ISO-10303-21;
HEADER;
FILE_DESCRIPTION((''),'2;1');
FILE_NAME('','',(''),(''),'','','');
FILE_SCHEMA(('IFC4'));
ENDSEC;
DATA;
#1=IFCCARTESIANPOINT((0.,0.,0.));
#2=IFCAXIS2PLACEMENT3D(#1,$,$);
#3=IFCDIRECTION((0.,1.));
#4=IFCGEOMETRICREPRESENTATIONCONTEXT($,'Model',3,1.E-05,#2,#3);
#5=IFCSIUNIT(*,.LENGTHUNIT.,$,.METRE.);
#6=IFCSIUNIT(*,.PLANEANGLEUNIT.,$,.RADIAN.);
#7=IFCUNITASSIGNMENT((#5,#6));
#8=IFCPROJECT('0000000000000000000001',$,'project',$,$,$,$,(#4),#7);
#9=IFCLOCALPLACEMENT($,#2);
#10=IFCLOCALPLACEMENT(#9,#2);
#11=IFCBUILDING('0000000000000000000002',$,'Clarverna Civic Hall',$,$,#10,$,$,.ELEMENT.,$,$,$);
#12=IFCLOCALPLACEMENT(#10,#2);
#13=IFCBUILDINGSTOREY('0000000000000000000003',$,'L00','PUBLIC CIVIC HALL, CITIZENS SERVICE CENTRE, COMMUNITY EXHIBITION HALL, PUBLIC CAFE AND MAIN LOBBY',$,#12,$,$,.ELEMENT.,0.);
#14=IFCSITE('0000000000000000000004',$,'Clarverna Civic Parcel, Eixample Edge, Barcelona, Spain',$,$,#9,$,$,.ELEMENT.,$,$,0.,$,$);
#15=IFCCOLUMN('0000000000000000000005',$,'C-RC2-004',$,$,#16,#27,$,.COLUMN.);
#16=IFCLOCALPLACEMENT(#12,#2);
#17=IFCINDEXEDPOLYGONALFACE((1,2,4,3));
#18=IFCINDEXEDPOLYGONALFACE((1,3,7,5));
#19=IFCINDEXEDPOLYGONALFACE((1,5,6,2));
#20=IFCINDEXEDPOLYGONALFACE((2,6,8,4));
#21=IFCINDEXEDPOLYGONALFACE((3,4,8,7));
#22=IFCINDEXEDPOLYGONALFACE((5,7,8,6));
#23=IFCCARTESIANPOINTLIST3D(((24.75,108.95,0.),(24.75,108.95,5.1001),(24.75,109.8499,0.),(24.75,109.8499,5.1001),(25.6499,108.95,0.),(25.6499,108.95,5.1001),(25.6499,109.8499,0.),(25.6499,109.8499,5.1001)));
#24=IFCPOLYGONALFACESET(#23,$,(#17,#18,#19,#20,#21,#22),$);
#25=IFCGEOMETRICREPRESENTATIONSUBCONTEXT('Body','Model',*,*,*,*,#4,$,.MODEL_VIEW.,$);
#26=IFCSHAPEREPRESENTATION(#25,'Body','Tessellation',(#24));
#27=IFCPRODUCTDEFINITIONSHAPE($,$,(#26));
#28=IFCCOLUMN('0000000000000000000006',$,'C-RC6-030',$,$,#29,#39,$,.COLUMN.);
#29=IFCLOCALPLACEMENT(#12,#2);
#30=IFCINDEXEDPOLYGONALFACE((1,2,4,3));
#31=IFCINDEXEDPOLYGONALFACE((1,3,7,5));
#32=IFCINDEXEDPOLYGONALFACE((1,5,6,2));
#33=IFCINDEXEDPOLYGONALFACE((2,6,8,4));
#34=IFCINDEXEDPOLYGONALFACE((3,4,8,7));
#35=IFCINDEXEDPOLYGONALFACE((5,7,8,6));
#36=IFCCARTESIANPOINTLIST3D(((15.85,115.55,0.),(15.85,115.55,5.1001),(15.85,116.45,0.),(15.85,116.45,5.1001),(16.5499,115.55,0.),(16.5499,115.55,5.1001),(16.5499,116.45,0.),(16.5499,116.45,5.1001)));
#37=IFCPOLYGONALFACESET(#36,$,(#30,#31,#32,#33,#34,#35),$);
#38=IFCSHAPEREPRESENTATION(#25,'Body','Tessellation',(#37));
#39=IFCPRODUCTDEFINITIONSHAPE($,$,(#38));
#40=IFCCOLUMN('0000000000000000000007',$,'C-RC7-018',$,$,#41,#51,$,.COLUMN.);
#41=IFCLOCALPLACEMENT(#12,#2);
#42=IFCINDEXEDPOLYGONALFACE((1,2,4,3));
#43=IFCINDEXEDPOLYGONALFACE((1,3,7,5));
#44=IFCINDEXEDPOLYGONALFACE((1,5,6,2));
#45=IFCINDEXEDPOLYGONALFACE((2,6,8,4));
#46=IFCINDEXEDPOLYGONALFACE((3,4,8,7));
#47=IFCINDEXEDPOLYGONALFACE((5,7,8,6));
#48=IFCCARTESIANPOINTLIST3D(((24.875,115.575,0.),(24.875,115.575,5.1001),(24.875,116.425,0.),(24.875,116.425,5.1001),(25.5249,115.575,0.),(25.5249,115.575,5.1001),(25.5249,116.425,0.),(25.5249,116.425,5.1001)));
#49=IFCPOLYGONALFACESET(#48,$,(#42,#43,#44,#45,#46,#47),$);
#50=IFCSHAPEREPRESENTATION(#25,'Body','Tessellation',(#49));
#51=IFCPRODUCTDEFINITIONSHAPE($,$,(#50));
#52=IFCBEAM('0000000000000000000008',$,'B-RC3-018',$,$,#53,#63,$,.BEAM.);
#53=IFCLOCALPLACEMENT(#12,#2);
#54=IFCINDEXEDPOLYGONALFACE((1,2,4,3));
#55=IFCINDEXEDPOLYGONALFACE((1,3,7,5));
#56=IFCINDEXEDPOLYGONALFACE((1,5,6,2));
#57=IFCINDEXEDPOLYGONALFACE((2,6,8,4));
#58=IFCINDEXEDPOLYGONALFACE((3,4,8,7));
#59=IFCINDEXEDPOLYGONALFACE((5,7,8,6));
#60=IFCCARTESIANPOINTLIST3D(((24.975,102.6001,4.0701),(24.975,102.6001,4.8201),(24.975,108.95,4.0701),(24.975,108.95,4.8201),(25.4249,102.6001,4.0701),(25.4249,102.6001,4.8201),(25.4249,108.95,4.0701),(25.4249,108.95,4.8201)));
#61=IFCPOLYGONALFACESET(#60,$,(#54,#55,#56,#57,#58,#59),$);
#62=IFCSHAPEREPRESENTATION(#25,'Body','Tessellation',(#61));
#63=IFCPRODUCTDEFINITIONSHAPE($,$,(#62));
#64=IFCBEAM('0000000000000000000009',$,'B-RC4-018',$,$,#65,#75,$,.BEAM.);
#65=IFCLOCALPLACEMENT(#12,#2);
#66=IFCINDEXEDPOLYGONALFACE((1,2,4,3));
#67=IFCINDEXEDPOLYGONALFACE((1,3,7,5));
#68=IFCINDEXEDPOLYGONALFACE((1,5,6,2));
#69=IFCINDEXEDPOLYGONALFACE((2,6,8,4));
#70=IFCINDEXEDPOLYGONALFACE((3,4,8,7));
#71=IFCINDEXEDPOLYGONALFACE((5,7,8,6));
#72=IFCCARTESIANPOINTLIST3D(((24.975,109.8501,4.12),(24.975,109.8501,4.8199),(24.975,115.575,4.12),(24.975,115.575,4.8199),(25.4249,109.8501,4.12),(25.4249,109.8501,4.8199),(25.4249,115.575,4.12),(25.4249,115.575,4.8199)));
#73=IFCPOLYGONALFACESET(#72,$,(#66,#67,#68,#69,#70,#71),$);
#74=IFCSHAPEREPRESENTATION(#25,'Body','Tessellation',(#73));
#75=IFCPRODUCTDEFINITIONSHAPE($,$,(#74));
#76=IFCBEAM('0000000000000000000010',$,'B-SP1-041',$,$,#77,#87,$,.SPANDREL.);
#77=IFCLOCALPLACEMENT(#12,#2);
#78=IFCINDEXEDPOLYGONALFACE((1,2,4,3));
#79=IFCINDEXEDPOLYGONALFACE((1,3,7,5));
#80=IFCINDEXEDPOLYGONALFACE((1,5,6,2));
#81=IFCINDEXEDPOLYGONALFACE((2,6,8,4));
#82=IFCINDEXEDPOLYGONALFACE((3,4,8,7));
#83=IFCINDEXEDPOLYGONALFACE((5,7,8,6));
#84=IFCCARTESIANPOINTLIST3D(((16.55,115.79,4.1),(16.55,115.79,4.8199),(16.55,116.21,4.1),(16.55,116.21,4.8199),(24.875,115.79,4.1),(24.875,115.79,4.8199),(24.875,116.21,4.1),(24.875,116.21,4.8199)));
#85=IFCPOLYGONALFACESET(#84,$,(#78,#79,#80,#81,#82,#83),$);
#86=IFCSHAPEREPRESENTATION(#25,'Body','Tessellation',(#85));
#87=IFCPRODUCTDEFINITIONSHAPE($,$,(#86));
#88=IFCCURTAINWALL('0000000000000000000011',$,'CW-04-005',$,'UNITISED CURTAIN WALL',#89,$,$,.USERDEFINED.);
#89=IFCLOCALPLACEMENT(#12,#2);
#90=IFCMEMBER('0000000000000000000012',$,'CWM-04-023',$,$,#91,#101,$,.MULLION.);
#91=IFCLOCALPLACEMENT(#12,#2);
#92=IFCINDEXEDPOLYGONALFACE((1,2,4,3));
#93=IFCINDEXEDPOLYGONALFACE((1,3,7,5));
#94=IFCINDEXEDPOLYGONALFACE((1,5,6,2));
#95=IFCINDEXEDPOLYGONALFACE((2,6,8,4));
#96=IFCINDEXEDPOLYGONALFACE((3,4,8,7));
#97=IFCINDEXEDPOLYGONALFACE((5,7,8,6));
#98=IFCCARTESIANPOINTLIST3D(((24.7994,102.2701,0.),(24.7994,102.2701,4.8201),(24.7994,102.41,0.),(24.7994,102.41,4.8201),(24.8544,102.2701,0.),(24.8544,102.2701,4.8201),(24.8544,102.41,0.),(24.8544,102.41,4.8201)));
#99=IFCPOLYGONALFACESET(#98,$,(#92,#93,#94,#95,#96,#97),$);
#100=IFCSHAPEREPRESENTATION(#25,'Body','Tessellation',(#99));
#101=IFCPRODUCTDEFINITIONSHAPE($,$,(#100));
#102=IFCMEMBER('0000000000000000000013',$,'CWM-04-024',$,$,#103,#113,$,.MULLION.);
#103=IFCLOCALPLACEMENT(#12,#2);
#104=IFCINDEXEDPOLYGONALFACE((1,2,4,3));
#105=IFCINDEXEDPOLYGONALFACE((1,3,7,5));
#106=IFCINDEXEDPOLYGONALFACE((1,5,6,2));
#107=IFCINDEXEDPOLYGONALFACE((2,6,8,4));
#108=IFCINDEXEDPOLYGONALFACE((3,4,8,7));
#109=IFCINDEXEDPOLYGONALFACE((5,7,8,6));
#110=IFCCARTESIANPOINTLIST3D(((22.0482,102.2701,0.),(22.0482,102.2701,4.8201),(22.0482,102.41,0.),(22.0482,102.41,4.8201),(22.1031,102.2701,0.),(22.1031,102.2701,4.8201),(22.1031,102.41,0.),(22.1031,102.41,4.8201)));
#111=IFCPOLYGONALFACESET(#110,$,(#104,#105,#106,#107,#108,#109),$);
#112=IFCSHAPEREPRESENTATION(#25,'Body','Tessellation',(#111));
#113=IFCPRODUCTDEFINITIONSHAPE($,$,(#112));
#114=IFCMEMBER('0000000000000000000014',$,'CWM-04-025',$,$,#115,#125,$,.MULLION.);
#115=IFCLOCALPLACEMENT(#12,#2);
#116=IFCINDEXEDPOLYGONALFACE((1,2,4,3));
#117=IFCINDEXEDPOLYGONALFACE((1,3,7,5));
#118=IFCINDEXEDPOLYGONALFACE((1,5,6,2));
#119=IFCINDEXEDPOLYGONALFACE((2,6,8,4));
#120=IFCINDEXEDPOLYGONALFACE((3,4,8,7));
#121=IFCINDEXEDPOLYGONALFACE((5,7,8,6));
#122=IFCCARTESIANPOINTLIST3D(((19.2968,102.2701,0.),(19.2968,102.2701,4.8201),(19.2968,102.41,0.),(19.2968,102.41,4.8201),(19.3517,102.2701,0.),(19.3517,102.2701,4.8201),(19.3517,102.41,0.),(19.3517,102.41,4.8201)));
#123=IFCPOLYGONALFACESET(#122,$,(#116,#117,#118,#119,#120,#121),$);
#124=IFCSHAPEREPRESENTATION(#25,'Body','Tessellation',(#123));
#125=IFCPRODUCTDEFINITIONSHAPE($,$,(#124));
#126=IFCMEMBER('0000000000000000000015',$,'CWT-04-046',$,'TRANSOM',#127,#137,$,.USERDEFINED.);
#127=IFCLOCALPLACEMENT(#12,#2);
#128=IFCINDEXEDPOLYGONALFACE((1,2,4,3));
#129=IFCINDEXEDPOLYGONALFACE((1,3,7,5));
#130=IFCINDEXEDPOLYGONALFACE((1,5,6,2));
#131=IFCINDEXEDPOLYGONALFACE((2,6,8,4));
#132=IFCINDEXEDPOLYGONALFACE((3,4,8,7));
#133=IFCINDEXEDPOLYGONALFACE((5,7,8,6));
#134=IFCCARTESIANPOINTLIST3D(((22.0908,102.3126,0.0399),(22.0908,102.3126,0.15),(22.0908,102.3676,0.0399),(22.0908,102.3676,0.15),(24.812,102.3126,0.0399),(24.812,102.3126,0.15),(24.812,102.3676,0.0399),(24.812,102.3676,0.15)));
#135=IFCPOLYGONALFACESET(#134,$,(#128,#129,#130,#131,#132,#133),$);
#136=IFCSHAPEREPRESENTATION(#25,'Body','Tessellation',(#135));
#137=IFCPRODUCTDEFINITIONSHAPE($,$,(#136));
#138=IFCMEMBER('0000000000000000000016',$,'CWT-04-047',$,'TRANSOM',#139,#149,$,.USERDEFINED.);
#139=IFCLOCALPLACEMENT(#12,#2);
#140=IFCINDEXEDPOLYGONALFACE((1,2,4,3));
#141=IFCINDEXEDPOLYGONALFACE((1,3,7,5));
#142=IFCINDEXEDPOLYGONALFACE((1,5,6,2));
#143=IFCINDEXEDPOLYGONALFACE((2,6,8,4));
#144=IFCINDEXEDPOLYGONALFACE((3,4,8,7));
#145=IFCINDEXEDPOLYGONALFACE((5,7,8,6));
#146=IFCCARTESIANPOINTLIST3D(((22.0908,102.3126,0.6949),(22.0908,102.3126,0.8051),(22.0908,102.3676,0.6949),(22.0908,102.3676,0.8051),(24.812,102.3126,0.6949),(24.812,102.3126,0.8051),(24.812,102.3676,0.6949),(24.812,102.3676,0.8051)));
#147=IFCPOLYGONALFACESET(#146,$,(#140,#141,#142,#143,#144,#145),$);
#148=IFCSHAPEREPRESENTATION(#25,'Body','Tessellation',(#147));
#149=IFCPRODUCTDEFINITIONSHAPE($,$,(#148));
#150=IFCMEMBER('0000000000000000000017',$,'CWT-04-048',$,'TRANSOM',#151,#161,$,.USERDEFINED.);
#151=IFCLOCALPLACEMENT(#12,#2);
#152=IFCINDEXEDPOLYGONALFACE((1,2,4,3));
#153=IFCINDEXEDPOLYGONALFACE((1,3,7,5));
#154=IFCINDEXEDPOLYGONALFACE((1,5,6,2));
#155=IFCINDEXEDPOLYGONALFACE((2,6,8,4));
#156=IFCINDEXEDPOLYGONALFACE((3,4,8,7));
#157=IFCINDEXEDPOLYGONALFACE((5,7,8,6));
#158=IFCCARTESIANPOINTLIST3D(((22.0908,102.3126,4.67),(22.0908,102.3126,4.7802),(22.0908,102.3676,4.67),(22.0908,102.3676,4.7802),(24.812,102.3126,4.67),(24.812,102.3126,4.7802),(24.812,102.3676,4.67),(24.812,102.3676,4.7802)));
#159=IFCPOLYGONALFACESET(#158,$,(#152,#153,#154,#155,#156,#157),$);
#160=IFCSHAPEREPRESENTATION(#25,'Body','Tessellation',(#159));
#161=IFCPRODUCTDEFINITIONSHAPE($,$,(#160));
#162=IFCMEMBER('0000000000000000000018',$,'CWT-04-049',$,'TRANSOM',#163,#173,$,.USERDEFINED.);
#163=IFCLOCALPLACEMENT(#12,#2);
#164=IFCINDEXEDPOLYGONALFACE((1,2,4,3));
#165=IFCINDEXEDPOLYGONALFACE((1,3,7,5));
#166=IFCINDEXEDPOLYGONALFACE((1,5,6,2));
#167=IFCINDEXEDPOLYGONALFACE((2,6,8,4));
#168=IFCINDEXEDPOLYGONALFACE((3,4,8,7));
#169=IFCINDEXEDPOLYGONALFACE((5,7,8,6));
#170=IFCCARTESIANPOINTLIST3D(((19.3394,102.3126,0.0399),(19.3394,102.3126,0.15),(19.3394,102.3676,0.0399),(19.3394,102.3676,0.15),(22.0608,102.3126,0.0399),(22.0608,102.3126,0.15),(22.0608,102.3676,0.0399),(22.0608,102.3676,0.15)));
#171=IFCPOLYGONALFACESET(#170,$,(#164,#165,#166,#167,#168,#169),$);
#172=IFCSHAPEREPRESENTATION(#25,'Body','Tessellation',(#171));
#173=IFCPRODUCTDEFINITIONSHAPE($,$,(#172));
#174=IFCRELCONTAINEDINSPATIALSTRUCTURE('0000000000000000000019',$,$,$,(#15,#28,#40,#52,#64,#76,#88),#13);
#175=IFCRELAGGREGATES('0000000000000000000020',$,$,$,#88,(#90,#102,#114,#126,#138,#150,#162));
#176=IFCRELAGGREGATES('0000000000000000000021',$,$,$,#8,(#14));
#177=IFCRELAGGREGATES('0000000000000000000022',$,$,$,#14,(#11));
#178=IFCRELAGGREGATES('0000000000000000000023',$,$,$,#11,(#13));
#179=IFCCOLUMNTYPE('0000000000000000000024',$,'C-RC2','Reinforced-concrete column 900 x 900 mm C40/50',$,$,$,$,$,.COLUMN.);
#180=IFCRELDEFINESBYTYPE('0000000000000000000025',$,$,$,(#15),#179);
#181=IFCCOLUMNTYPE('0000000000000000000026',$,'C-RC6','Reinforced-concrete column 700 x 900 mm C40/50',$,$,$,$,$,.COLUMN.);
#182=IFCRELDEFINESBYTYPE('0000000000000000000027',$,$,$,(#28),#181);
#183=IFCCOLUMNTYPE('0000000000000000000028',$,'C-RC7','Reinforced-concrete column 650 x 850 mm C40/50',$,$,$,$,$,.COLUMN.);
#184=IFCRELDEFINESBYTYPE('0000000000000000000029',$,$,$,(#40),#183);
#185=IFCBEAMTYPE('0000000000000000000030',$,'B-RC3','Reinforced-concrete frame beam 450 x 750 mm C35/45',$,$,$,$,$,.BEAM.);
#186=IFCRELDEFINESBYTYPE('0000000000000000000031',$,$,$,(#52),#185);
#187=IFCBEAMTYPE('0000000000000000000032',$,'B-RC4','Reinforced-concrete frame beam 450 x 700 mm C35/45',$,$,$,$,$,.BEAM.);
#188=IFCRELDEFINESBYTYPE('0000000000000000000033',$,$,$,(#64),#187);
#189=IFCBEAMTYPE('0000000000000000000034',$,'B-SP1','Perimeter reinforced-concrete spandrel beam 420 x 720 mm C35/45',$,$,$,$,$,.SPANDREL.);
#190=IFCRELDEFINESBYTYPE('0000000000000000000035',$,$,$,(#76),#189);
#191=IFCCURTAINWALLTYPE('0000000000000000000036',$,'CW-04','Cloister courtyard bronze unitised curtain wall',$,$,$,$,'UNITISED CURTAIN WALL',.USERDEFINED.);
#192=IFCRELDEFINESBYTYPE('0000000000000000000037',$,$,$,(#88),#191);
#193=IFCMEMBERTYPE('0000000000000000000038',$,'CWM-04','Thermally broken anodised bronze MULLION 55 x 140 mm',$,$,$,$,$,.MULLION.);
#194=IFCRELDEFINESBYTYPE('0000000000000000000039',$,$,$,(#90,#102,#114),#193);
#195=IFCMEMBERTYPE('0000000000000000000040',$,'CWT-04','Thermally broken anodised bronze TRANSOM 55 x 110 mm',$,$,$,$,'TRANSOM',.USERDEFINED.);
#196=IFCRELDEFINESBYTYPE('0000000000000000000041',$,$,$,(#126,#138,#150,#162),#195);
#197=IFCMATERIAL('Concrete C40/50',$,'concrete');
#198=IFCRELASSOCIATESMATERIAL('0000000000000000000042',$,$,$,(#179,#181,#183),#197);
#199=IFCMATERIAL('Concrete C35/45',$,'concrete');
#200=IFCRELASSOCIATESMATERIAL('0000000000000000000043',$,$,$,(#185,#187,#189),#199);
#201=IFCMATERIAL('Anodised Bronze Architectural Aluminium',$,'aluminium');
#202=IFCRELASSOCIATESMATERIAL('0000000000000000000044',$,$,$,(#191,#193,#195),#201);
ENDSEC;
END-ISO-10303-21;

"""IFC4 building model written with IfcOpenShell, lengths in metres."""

from ifc_helpers import new_model, si_unit, direction, frame, origin, origin_2d, place, context, subcontext, project, spatial, rectangle, extrude, material, material_profile, profile_set, type_object, element, aggregate, save


model = new_model("IFC4")

# Units and contexts
model_context = context("Model", 3, precision=1e-05, world=origin(), true_north=direction((0.0, 1.0)))
body_context = subcontext(model_context, "Body", "Model", "MODEL_VIEW")
ifc_project = project(units=[si_unit("LENGTHUNIT", "METRE"), si_unit("PLANEANGLEUNIT", "RADIAN")], contexts=[model_context])

# Site, building, storey
site_placement = place(None, origin())
site = spatial("IfcSite", under=ifc_project, at=site_placement, Name="Clarverna Civic Parcel, Eixample Edge, Barcelona, Spain", CompositionType="ELEMENT", RefElevation=0.0)
building_placement = place(site_placement, origin())
building = spatial("IfcBuilding", under=site, at=building_placement, Name="Clarverna Civic Hall", CompositionType="ELEMENT")
storey_placement = place(building_placement, origin())
storey = spatial("IfcBuildingStorey", under=building, at=storey_placement, Name="L00", Description="PUBLIC CIVIC HALL, CITIZENS SERVICE CENTRE, COMMUNITY EXHIBITION HALL, PUBLIC CAFE AND MAIN LOBBY", CompositionType="ELEMENT", Elevation=0.0)

# Columns
ifc_material_1 = material(Name="Concrete C40/50", Category="concrete")
ifc_material_profile_1 = material_profile(ifc_material_1, rectangle(XDim=0.8999, YDim=0.8999, at=origin_2d()), Name="RC 900x900")
ifc_profile_set_1 = profile_set([ifc_material_profile_1], Name="Concrete C40/50")
column_type_1 = type_object("IfcColumnType", Name="C-RC2", Description="Reinforced-concrete column 900 x 900 mm C40/50", PredefinedType="COLUMN", material=ifc_profile_set_1)
column_1_placement = place(storey_placement, frame((25.2, 109.3999, 0.0), z_axis=(0.0, 0.0, 1.0), x_axis=(1.0, 0.0, 0.0)))
element("IfcColumn", 1, at=column_1_placement, inside=storey, type_object=column_type_1, Name="C-RC2-004", PredefinedType="COLUMN", context=body_context, shape_type="SweptSolid", body=[
    extrude(rectangle(XDim=0.8999, YDim=0.8999, at=origin_2d()), origin(), (0.0, 0.0, 1.0), 5.1001),
])
ifc_material_profile_2 = material_profile(ifc_material_1, rectangle(XDim=0.7, YDim=0.8999, at=origin_2d()), Name="RC 700x900")
ifc_profile_set_2 = profile_set([ifc_material_profile_2], Name="Concrete C40/50")
column_type_2 = type_object("IfcColumnType", Name="C-RC6", Description="Reinforced-concrete column 700 x 900 mm C40/50", PredefinedType="COLUMN", material=ifc_profile_set_2)
column_2_placement = place(storey_placement, frame((16.2, 116.0, 0.0), z_axis=(0.0, 0.0, 1.0), x_axis=(1.0, 0.0, 0.0)))
element("IfcColumn", 2, at=column_2_placement, inside=storey, type_object=column_type_2, Name="C-RC6-030", PredefinedType="COLUMN", context=body_context, shape_type="SweptSolid", body=[
    extrude(rectangle(XDim=0.7, YDim=0.8999, at=origin_2d()), origin(), (0.0, 0.0, 1.0), 5.1001),
])
ifc_material_profile_3 = material_profile(ifc_material_1, rectangle(XDim=0.6499, YDim=0.8501, at=origin_2d()), Name="RC 650x850")
ifc_profile_set_3 = profile_set([ifc_material_profile_3], Name="Concrete C40/50")
column_type_3 = type_object("IfcColumnType", Name="C-RC7", Description="Reinforced-concrete column 650 x 850 mm C40/50", PredefinedType="COLUMN", material=ifc_profile_set_3)
column_3_placement = place(storey_placement, frame((25.2, 116.0, 0.0), z_axis=(0.0, 0.0, 1.0), x_axis=(1.0, 0.0, 0.0)))
element("IfcColumn", 3, at=column_3_placement, inside=storey, type_object=column_type_3, Name="C-RC7-018", PredefinedType="COLUMN", context=body_context, shape_type="SweptSolid", body=[
    extrude(rectangle(XDim=0.6499, YDim=0.8501, at=origin_2d()), origin(), (0.0, 0.0, 1.0), 5.1001),
])

# Beams
ifc_material_2 = material(Name="Concrete C35/45", Category="concrete")
ifc_material_profile_4 = material_profile(ifc_material_2, rectangle(XDim=0.45, YDim=0.75, at=origin_2d()), Name="RC 450x750")
ifc_profile_set_4 = profile_set([ifc_material_profile_4], Name="Concrete C35/45")
beam_type_1 = type_object("IfcBeamType", Name="B-RC3", Description="Reinforced-concrete frame beam 450 x 750 mm C35/45", PredefinedType="BEAM", material=ifc_profile_set_4)
beam_1_placement = place(storey_placement, frame((25.2, 102.6001, 4.4451), z_axis=(0.0, 1.0, 0.0), x_axis=(-1.0, 0.0, 0.0)))
element("IfcBeam", 4, at=beam_1_placement, inside=storey, type_object=beam_type_1, Name="B-RC3-018", PredefinedType="BEAM", context=body_context, shape_type="SweptSolid", body=[
    extrude(rectangle(XDim=0.45, YDim=0.75, at=origin_2d()), origin(), (0.0, 0.0, 1.0), 6.3499),
])
ifc_material_profile_5 = material_profile(ifc_material_2, rectangle(XDim=0.45, YDim=0.7, at=origin_2d()), Name="RC 450x700")
ifc_profile_set_5 = profile_set([ifc_material_profile_5], Name="Concrete C35/45")
beam_type_2 = type_object("IfcBeamType", Name="B-RC4", Description="Reinforced-concrete frame beam 450 x 700 mm C35/45", PredefinedType="BEAM", material=ifc_profile_set_5)
beam_2_placement = place(storey_placement, frame((25.2, 109.8501, 4.47), z_axis=(0.0, 1.0, 0.0), x_axis=(-1.0, 0.0, 0.0)))
element("IfcBeam", 5, at=beam_2_placement, inside=storey, type_object=beam_type_2, Name="B-RC4-018", PredefinedType="BEAM", context=body_context, shape_type="SweptSolid", body=[
    extrude(rectangle(XDim=0.45, YDim=0.7, at=origin_2d()), origin(), (0.0, 0.0, 1.0), 5.7249),
])
ifc_material_profile_6 = material_profile(ifc_material_2, rectangle(XDim=0.4199, YDim=0.72, at=origin_2d()), Name="RC 420x720")
ifc_profile_set_6 = profile_set([ifc_material_profile_6], Name="Concrete C35/45")
beam_type_3 = type_object("IfcBeamType", Name="B-SP1", Description="Perimeter reinforced-concrete spandrel beam 420 x 720 mm C35/45", PredefinedType="SPANDREL", material=ifc_profile_set_6)
beam_3_placement = place(storey_placement, frame((16.55, 116.0, 4.46), z_axis=(1.0, 0.0, 0.0), x_axis=(0.0, 1.0, 0.0)))
element("IfcBeam", 6, at=beam_3_placement, inside=storey, type_object=beam_type_3, Name="B-SP1-041", PredefinedType="SPANDREL", context=body_context, shape_type="SweptSolid", body=[
    extrude(rectangle(XDim=0.4199, YDim=0.72, at=origin_2d()), origin(), (0.0, 0.0, 1.0), 8.325),
])

# Curtain wall, members
ifc_material_3 = material(Name="Anodised Bronze Architectural Aluminium", Category="aluminium")
curtain_wall_type = type_object("IfcCurtainWallType", Name="CW-04", Description="Cloister courtyard bronze unitised curtain wall", ElementType="UNITISED CURTAIN WALL", PredefinedType="USERDEFINED", material=ifc_material_3)
curtain_wall_placement = place(storey_placement, origin())
curtain_wall = element("IfcCurtainWall", 7, at=curtain_wall_placement, inside=storey, type_object=curtain_wall_type, Name="CW-04-005", ObjectType="UNITISED CURTAIN WALL", PredefinedType="USERDEFINED")
ifc_material_profile_7 = material_profile(ifc_material_3, rectangle(XDim=0.0549, YDim=0.1399, at=origin_2d()), Name="BRONZE 55x140")
ifc_profile_set_7 = profile_set([ifc_material_profile_7], Name="Anodised Bronze Architectural Aluminium")
member_type_1 = type_object("IfcMemberType", Name="CWM-04", Description="Thermally broken anodised bronze MULLION 55 x 140 mm", PredefinedType="MULLION", material=ifc_profile_set_7)
member_1_placement = place(storey_placement, frame((24.8269, 102.3401, 0.0), z_axis=(0.0, 0.0, 1.0), x_axis=(1.0, 0.0, 0.0)))
member_1 = element("IfcMember", 8, at=member_1_placement, type_object=member_type_1, Name="CWM-04-023", PredefinedType="MULLION", context=body_context, shape_type="SweptSolid", body=[
    extrude(rectangle(XDim=0.0549, YDim=0.1399, at=origin_2d()), origin(), (0.0, 0.0, 1.0), 4.8201),
])
member_2_placement = place(storey_placement, frame((22.0757, 102.3401, 0.0), z_axis=(0.0, 0.0, 1.0), x_axis=(1.0, 0.0, 0.0)))
member_2 = element("IfcMember", 9, at=member_2_placement, type_object=member_type_1, Name="CWM-04-024", PredefinedType="MULLION", context=body_context, shape_type="SweptSolid", body=[
    extrude(rectangle(XDim=0.0549, YDim=0.1399, at=origin_2d()), origin(), (0.0, 0.0, 1.0), 4.8201),
])
member_3_placement = place(storey_placement, frame((19.3242, 102.3401, 0.0), z_axis=(0.0, 0.0, 1.0), x_axis=(1.0, 0.0, 0.0)))
member_3 = element("IfcMember", 10, at=member_3_placement, type_object=member_type_1, Name="CWM-04-025", PredefinedType="MULLION", context=body_context, shape_type="SweptSolid", body=[
    extrude(rectangle(XDim=0.0549, YDim=0.1399, at=origin_2d()), origin(), (0.0, 0.0, 1.0), 4.8201),
])
ifc_material_profile_8 = material_profile(ifc_material_3, rectangle(XDim=0.0549, YDim=0.1101, at=origin_2d()), Name="BRONZE 55x110")
ifc_profile_set_8 = profile_set([ifc_material_profile_8], Name="Anodised Bronze Architectural Aluminium")
member_type_2 = type_object("IfcMemberType", Name="CWT-04", Description="Thermally broken anodised bronze TRANSOM 55 x 110 mm", ElementType="TRANSOM", PredefinedType="USERDEFINED", material=ifc_profile_set_8)
member_4_placement = place(storey_placement, frame((24.812, 102.3401, 0.095), z_axis=(-1.0, 0.0, 0.0), x_axis=(0.0, -1.0, 0.0)))
member_4 = element("IfcMember", 11, at=member_4_placement, type_object=member_type_2, Name="CWT-04-046", ObjectType="TRANSOM", PredefinedType="USERDEFINED", context=body_context, shape_type="SweptSolid", body=[
    extrude(rectangle(XDim=0.0549, YDim=0.1101, at=origin_2d()), origin(), (0.0, 0.0, 1.0), 2.7212),
])
member_5_placement = place(storey_placement, frame((24.812, 102.3401, 0.75), z_axis=(-1.0, 0.0, 0.0), x_axis=(0.0, -1.0, 0.0)))
member_5 = element("IfcMember", 12, at=member_5_placement, type_object=member_type_2, Name="CWT-04-047", ObjectType="TRANSOM", PredefinedType="USERDEFINED", context=body_context, shape_type="SweptSolid", body=[
    extrude(rectangle(XDim=0.0549, YDim=0.1101, at=origin_2d()), origin(), (0.0, 0.0, 1.0), 2.7212),
])
member_6_placement = place(storey_placement, frame((24.812, 102.3401, 4.7251), z_axis=(-1.0, 0.0, 0.0), x_axis=(0.0, -1.0, 0.0)))
member_6 = element("IfcMember", 13, at=member_6_placement, type_object=member_type_2, Name="CWT-04-048", ObjectType="TRANSOM", PredefinedType="USERDEFINED", context=body_context, shape_type="SweptSolid", body=[
    extrude(rectangle(XDim=0.0549, YDim=0.1101, at=origin_2d()), origin(), (0.0, 0.0, 1.0), 2.7212),
])
member_7_placement = place(storey_placement, frame((22.0608, 102.3401, 0.095), z_axis=(-1.0, 0.0, 0.0), x_axis=(0.0, -1.0, 0.0)))
member_7 = element("IfcMember", 14, at=member_7_placement, type_object=member_type_2, Name="CWT-04-049", ObjectType="TRANSOM", PredefinedType="USERDEFINED", context=body_context, shape_type="SweptSolid", body=[
    extrude(rectangle(XDim=0.0549, YDim=0.1101, at=origin_2d()), origin(), (0.0, 0.0, 1.0), 2.7214),
])
aggregate(curtain_wall, [member_1, member_2, member_3, member_4, member_5, member_6, member_7])

save(model, "model.ifc")
